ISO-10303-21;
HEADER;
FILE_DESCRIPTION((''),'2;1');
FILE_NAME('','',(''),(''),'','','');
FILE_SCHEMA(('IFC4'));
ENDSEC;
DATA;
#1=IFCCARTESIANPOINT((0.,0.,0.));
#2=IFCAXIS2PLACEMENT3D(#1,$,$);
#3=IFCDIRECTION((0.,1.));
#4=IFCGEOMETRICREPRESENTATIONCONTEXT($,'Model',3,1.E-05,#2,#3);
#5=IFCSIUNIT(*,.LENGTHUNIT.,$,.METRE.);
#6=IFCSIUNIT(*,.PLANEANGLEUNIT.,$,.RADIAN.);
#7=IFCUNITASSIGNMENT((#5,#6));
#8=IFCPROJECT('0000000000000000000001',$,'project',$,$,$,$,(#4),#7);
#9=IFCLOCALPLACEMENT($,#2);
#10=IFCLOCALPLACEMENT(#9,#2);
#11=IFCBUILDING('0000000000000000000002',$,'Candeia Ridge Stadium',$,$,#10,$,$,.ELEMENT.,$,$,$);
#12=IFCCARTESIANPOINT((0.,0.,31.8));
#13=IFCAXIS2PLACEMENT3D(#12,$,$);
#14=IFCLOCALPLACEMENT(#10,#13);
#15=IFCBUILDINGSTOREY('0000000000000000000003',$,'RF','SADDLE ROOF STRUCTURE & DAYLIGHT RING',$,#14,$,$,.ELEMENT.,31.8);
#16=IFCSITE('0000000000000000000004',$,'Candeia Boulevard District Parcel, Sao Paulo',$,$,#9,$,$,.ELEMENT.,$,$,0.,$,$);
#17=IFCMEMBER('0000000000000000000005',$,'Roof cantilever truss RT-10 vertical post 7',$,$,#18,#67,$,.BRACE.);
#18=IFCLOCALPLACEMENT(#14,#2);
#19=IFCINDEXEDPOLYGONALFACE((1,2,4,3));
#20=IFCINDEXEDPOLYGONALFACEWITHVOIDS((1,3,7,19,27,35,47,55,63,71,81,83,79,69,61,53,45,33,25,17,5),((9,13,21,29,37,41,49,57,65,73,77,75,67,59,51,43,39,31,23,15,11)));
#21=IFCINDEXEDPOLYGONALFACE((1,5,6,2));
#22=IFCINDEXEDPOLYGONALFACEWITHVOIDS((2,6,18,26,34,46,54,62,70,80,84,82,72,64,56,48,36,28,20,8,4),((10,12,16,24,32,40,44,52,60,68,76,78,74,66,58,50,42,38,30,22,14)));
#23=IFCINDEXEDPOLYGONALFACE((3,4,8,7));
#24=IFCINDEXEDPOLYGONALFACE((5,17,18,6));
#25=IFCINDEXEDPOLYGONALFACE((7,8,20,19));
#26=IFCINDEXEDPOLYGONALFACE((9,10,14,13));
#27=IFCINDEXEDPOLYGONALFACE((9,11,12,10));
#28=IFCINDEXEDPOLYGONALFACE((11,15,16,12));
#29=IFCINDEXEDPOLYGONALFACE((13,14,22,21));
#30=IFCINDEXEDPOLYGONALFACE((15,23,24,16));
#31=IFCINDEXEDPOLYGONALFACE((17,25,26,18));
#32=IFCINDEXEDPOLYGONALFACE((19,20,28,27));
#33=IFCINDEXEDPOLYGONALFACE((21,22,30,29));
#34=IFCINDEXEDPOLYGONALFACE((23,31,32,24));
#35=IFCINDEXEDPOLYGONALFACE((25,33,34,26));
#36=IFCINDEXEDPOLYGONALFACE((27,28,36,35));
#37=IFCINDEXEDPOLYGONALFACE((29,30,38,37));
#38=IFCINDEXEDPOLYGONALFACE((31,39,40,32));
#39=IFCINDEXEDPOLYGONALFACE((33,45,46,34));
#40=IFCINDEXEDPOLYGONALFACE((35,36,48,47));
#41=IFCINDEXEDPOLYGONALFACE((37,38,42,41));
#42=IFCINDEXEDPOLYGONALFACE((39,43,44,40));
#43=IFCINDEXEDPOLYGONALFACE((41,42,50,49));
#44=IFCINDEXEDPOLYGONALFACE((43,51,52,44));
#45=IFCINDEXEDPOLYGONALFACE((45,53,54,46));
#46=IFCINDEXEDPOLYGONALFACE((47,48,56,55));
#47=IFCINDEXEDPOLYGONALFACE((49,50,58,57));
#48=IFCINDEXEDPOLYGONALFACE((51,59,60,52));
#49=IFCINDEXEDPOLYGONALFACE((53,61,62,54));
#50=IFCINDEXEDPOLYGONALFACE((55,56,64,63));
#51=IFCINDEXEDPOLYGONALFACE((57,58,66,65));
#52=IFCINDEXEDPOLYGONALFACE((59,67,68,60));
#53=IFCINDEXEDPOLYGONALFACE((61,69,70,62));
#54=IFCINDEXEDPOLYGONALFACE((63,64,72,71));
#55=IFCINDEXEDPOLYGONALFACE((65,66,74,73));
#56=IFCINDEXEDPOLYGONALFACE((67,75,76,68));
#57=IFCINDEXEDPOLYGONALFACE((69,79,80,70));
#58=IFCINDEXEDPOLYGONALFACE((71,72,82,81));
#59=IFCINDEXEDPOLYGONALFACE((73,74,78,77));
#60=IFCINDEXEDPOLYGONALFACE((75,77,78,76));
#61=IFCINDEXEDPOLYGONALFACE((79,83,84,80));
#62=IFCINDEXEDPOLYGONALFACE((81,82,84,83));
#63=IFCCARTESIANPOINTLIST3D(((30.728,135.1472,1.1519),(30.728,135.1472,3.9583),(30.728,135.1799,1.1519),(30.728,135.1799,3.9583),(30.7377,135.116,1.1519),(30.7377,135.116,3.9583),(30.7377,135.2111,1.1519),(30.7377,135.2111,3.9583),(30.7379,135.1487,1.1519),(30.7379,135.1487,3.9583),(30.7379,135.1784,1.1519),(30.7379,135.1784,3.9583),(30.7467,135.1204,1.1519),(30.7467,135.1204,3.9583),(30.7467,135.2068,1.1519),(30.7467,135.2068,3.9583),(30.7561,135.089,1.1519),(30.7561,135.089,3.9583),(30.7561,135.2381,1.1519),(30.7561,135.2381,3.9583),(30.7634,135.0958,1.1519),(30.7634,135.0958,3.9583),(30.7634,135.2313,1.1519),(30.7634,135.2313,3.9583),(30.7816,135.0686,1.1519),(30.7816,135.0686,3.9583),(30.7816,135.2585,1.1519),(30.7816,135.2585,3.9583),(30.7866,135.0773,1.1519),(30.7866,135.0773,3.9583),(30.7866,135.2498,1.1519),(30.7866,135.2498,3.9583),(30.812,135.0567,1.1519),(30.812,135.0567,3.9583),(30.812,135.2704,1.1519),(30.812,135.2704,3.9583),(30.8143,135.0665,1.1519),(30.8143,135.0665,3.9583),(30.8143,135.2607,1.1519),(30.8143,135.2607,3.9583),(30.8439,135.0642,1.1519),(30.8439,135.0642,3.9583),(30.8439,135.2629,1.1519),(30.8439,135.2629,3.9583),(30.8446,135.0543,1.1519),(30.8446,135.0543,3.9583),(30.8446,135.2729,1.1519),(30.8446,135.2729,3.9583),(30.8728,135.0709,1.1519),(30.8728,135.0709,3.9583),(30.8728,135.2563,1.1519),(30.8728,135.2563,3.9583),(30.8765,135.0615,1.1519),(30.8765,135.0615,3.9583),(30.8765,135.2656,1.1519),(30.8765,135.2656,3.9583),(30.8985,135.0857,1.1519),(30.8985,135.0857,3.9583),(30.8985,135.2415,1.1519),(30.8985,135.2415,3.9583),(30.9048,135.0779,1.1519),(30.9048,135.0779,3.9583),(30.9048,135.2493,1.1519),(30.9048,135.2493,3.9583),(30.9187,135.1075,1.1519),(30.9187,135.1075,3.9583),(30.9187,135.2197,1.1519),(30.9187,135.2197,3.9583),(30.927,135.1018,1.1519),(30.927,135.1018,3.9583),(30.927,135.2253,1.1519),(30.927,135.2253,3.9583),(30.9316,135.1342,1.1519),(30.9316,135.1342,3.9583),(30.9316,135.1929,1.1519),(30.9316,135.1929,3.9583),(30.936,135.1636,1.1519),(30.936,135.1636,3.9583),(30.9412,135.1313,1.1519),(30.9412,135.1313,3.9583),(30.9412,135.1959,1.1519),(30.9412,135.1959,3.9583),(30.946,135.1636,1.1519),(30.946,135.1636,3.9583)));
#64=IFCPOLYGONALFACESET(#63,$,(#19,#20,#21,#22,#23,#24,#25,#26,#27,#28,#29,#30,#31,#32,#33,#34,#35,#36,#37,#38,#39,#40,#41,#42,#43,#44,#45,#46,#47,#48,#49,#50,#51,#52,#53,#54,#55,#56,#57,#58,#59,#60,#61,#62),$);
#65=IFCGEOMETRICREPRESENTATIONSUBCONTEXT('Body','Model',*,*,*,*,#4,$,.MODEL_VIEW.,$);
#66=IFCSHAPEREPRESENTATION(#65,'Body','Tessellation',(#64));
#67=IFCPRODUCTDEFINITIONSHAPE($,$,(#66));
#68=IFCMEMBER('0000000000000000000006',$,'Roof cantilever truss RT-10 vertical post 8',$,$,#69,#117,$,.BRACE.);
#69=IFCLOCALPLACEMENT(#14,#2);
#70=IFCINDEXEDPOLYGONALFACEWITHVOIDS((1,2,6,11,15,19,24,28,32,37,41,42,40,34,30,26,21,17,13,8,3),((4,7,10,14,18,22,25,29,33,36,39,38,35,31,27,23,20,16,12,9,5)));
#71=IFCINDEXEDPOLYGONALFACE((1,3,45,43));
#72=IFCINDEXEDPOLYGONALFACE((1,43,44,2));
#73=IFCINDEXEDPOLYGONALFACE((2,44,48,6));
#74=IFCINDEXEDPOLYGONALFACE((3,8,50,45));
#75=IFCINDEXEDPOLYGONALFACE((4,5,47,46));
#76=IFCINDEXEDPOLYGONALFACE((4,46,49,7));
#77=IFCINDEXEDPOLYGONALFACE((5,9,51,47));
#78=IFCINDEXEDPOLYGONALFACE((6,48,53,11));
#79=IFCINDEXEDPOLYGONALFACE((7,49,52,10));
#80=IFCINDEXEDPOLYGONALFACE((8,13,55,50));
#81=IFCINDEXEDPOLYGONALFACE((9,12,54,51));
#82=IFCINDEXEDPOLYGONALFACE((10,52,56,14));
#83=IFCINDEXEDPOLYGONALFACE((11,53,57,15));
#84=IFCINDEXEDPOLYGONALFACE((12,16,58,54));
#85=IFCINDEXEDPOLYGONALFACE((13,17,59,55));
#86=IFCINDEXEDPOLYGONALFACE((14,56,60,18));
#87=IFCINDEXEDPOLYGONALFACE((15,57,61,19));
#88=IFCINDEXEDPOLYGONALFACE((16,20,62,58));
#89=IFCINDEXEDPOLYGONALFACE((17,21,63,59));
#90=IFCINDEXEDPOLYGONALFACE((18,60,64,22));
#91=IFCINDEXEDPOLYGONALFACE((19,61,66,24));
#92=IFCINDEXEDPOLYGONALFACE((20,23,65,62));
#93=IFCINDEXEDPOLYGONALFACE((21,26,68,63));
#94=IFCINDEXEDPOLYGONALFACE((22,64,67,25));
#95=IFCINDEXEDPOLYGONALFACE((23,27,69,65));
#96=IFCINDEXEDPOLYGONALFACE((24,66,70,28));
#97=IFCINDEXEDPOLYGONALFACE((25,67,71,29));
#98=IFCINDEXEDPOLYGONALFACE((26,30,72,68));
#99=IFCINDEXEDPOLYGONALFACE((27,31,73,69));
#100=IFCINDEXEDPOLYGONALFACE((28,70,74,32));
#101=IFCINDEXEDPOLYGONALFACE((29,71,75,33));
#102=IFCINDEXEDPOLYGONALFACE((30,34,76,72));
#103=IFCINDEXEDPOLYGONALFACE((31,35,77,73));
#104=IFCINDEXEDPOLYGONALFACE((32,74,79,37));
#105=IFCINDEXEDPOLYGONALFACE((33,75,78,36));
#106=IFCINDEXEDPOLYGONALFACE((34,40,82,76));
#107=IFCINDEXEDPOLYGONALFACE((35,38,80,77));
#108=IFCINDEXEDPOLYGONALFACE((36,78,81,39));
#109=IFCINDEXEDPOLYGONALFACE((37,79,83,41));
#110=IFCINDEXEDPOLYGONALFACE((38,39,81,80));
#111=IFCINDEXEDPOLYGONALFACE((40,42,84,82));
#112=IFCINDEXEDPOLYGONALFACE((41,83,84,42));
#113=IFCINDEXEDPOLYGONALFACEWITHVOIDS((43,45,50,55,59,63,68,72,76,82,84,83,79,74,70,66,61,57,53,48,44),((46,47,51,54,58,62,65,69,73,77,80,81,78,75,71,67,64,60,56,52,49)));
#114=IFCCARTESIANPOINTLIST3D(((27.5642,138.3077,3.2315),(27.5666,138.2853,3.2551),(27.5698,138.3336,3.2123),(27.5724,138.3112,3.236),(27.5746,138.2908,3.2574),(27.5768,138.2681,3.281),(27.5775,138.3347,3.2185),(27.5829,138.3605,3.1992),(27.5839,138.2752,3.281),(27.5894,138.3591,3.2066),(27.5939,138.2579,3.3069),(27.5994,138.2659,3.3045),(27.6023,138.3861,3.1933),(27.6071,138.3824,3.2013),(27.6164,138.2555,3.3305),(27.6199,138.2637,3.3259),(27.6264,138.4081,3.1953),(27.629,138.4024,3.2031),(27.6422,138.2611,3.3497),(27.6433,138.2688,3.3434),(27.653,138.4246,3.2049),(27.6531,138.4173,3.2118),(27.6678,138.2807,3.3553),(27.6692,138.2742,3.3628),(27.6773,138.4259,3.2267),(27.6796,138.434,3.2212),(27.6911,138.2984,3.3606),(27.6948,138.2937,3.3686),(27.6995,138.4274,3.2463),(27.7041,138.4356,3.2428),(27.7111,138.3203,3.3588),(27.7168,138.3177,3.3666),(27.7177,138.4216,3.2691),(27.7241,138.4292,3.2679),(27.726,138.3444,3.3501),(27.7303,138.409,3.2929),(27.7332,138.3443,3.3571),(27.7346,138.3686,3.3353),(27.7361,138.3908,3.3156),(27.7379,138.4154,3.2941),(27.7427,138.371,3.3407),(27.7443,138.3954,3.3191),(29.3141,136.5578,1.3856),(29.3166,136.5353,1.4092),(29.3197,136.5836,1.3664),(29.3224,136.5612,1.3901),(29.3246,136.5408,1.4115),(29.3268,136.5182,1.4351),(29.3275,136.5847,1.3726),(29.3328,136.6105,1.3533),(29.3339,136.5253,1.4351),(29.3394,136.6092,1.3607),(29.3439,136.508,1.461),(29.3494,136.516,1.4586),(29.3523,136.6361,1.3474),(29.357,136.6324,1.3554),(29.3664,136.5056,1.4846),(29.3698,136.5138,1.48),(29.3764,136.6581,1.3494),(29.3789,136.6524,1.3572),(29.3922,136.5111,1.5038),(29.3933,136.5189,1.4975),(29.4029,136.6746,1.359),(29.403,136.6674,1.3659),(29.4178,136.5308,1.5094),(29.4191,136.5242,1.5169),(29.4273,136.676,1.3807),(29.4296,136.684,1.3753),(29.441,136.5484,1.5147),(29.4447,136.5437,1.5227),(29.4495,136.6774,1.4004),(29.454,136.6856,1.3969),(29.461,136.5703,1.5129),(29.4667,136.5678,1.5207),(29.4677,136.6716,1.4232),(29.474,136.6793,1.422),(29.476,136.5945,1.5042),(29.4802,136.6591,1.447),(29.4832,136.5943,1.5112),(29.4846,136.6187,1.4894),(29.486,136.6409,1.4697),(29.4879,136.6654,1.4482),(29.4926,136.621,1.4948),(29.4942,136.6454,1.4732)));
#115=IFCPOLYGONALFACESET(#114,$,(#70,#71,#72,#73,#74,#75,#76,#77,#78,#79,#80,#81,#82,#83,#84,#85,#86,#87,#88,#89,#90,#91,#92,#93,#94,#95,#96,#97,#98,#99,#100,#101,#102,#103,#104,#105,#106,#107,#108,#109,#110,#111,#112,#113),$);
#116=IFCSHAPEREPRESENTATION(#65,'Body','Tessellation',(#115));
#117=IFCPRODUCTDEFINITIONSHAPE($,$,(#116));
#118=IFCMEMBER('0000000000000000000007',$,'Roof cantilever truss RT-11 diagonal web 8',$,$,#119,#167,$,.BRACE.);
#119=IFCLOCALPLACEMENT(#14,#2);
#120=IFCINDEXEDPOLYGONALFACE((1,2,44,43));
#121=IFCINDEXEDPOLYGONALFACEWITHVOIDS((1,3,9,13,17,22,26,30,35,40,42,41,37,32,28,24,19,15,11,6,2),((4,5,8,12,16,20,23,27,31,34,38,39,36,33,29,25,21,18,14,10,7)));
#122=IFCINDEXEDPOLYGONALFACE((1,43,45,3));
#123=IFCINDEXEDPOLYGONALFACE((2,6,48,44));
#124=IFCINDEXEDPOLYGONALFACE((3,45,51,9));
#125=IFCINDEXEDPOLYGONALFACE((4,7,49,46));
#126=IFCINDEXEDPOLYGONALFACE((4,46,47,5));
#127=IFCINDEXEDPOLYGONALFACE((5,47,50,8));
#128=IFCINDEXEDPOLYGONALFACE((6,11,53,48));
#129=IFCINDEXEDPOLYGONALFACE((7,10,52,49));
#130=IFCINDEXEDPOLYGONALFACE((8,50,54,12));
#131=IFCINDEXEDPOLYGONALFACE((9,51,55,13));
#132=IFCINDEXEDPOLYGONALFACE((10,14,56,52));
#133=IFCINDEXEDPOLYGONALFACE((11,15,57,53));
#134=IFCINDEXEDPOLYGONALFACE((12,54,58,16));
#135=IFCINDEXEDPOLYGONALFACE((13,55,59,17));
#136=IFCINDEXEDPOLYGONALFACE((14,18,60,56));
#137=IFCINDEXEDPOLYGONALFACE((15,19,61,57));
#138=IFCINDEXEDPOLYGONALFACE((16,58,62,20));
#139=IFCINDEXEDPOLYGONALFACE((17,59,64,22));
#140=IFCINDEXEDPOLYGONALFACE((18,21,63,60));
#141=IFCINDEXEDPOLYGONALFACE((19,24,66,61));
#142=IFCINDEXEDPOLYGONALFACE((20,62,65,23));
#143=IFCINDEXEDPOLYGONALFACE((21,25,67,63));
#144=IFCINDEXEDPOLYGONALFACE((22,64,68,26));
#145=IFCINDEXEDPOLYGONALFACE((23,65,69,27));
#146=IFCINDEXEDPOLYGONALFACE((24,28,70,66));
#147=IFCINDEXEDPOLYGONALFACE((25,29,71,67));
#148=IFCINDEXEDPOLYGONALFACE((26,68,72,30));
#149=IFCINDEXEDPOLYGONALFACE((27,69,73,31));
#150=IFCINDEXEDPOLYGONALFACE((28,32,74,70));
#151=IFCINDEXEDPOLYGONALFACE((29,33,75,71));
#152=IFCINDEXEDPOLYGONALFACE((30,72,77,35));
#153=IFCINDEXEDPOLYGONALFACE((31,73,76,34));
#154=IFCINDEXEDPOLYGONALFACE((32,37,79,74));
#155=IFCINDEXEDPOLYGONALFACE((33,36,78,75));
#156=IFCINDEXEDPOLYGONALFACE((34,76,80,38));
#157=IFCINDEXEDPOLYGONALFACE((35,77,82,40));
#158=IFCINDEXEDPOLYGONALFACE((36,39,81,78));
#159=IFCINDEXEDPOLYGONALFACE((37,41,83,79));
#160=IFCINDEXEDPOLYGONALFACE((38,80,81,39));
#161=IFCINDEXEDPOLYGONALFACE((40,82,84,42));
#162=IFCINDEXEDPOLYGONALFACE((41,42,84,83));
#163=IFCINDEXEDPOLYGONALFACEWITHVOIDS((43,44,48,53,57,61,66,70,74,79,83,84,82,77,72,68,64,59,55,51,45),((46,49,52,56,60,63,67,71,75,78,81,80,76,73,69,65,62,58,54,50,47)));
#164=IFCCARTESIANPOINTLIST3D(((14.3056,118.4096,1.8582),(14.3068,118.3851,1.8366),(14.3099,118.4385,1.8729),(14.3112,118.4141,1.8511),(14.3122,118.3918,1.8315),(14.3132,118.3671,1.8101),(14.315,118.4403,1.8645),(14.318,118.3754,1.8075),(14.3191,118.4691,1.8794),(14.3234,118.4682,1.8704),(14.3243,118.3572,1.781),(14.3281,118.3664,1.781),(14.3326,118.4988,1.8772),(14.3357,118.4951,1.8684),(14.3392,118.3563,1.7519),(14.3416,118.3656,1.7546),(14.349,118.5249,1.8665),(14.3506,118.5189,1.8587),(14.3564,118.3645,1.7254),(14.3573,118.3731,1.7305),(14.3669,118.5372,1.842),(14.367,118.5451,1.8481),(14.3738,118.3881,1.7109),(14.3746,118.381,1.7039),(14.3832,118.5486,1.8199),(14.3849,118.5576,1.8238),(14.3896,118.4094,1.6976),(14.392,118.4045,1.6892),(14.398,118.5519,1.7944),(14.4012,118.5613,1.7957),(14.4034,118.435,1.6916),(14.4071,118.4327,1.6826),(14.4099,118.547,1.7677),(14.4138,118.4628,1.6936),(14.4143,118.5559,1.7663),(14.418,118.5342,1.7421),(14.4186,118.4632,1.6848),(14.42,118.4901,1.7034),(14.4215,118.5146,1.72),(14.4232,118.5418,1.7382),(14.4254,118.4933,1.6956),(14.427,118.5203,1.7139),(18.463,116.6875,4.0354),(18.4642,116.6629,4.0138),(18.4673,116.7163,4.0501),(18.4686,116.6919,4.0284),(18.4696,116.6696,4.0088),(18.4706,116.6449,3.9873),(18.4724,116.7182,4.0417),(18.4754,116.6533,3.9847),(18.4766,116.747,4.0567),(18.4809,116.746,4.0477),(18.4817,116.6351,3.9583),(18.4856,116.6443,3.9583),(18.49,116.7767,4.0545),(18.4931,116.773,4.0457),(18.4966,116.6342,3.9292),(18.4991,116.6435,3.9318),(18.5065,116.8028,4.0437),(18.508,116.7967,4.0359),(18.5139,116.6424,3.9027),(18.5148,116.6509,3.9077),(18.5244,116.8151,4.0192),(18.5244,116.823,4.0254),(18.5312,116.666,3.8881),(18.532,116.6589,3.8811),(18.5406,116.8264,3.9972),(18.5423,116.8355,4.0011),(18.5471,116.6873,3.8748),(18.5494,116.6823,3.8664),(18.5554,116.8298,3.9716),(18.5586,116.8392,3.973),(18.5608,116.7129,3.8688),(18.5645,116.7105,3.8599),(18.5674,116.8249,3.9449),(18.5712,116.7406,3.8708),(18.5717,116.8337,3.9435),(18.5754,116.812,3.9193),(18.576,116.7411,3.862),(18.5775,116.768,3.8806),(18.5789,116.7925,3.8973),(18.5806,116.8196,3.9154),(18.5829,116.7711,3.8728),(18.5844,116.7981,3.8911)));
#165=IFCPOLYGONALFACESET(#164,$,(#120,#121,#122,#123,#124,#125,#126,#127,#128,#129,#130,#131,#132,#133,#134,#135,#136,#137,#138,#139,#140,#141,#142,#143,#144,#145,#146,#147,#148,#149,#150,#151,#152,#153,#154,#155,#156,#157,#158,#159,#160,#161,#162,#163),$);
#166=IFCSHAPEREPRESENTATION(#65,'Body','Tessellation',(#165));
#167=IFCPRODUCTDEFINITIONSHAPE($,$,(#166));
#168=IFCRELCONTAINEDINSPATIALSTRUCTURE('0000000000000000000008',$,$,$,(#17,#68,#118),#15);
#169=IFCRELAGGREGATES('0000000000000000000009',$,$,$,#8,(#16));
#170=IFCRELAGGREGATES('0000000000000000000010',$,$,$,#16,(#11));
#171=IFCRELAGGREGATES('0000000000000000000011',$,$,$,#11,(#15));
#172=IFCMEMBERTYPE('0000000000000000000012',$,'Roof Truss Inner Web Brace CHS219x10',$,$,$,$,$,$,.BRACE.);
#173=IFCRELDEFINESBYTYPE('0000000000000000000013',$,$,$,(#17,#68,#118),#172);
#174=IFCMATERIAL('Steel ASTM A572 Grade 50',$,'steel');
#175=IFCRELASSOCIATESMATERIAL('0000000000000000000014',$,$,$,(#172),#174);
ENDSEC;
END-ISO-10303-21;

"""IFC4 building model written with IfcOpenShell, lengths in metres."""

from ifc_helpers import new_model, si_unit, direction, frame, origin, origin_2d, place, context, subcontext, project, spatial, hollow_circle, extrude, material, material_profile, profile_set, type_object, element, save


model = new_model("IFC4")

# Units and contexts
model_context = context("Model", 3, precision=1e-05, world=origin(), true_north=direction((0.0, 1.0)))
body_context = subcontext(model_context, "Body", "Model", "MODEL_VIEW")
ifc_project = project(units=[si_unit("LENGTHUNIT", "METRE"), si_unit("PLANEANGLEUNIT", "RADIAN")], contexts=[model_context])

# Site, building, storey
site_placement = place(None, origin())
site = spatial("IfcSite", under=ifc_project, at=site_placement, Name="Candeia Boulevard District Parcel, Sao Paulo", CompositionType="ELEMENT", RefElevation=0.0)
building_placement = place(site_placement, origin())
building = spatial("IfcBuilding", under=site, at=building_placement, Name="Candeia Ridge Stadium", CompositionType="ELEMENT")
storey_placement = place(building_placement, frame((0.0, 0.0, 31.8)))
storey = spatial("IfcBuildingStorey", under=building, at=storey_placement, Name="RF", Description="SADDLE ROOF STRUCTURE & DAYLIGHT RING", CompositionType="ELEMENT", Elevation=31.8)

# Shared definitions
ifc_material_1 = material(Name="Steel ASTM A572 Grade 50", Category="steel")

# Members
ifc_material_profile_1 = material_profile(ifc_material_1, hollow_circle(Radius=0.1096, WallThickness=0.01, at=origin_2d()), Name="CHS219x10", Category="steel")
ifc_profile_set_1 = profile_set([ifc_material_profile_1], Name="Steel ASTM A572 Grade 50")
member_type_1 = type_object("IfcMemberType", Name="Roof Truss Inner Web Brace CHS219x10", PredefinedType="BRACE", material=ifc_profile_set_1)
member_1_placement = place(storey_placement, frame((30.8364, 135.1636, 1.1519), z_axis=(0.0, 0.0, 1.0), x_axis=(1.0, 0.0, 0.0)))
element("IfcMember", 1, at=member_1_placement, inside=storey, type_object=member_type_1, Name="Roof cantilever truss RT-10 vertical post 7", PredefinedType="BRACE", context=body_context, shape_type="SweptSolid", body=[
    extrude(hollow_circle(Radius=0.1096, WallThickness=0.01, at=origin_2d()), origin(), (0.0, 0.0, 1.0), 2.8064),
])
member_2_placement = place(storey_placement, frame((29.4043, 136.5957, 1.4351), z_axis=(-0.566806, 0.566806, 0.597882), x_axis=(-0.707107, -0.707107, 0.0)))
element("IfcMember", 2, at=member_2_placement, inside=storey, type_object=member_type_1, Name="Roof cantilever truss RT-10 vertical post 8", PredefinedType="BRACE", context=body_context, shape_type="SweptSolid", body=[
    extrude(hollow_circle(Radius=0.1096, WallThickness=0.01, at=origin_2d()), origin(), (0.0, 0.0, 1.0), 3.0874),
])
member_3_placement = place(storey_placement, frame((18.5237, 116.7363, 3.9583), z_axis=(-0.831647, 0.344497, -0.435529), x_axis=(-0.3827, -0.923873, 0.0)))
element("IfcMember", 3, at=member_3_placement, inside=storey, type_object=member_type_1, Name="Roof cantilever truss RT-11 diagonal web 8", PredefinedType="BRACE", context=body_context, shape_type="SweptSolid", body=[
    extrude(hollow_circle(Radius=0.1096, WallThickness=0.01, at=origin_2d()), origin(), (0.0, 0.0, 1.0), 4.999),
])

save(model, "model.ifc")
